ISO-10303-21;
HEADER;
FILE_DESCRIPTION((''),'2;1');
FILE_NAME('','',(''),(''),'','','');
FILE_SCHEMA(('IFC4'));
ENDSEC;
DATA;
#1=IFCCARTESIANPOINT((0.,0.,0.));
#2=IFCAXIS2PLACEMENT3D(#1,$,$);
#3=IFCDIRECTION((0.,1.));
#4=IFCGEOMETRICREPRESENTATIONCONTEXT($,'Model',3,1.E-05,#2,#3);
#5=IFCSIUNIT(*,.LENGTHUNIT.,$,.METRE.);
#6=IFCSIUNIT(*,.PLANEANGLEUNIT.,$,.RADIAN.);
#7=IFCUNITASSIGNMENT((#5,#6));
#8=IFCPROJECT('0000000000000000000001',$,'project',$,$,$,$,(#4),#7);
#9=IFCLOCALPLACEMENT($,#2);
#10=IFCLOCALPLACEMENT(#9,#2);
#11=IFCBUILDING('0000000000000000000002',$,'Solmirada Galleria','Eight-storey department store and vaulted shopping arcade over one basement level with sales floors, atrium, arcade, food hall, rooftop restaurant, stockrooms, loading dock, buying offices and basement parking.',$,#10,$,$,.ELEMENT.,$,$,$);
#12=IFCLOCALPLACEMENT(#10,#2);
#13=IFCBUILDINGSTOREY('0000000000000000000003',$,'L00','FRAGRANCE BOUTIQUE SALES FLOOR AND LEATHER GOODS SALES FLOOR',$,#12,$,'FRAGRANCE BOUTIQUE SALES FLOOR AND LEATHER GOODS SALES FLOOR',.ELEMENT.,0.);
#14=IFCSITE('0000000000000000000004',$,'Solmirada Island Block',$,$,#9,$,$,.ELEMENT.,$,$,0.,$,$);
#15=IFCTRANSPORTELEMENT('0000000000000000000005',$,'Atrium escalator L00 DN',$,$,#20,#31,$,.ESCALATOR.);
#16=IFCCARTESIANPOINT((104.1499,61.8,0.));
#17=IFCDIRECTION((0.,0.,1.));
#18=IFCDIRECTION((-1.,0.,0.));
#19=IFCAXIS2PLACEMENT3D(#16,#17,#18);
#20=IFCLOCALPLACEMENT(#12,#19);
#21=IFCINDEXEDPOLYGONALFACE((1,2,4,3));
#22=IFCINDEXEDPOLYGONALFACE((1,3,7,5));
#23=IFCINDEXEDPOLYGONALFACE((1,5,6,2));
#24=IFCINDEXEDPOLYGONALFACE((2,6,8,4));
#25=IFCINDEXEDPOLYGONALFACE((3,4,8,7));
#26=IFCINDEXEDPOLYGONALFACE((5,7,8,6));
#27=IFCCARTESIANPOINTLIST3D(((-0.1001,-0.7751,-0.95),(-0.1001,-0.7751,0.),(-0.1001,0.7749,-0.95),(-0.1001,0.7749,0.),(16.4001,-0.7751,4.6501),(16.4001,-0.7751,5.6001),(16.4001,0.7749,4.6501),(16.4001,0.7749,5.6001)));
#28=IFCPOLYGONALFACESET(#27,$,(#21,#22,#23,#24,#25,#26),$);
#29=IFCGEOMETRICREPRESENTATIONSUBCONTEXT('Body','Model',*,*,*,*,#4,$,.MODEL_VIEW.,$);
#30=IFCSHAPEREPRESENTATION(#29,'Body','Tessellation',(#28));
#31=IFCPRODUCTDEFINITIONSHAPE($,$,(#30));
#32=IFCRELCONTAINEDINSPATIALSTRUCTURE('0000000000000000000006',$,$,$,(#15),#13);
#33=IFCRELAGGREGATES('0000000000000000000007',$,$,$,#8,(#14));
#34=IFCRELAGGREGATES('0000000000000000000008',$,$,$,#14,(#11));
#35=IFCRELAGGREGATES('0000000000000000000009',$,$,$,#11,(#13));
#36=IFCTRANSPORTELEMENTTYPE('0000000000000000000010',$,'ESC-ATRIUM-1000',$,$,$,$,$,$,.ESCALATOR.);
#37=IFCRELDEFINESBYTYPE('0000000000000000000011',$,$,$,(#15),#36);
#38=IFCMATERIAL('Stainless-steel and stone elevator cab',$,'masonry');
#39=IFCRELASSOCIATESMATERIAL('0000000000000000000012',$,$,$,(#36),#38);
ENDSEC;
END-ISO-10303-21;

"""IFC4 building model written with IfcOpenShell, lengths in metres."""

from ifc_helpers import new_model, si_unit, direction, frame, origin, place, context, subcontext, project, spatial, polyline, outline, extrude, material, type_object, element, save


model = new_model("IFC4")

# Units and contexts
model_context = context("Model", 3, precision=1e-05, world=origin(), true_north=direction((0.0, 1.0)))
body_context = subcontext(model_context, "Body", "Model", "MODEL_VIEW")
ifc_project = project(units=[si_unit("LENGTHUNIT", "METRE"), si_unit("PLANEANGLEUNIT", "RADIAN")], contexts=[model_context])

# Site, building, storey
site_placement = place(None, origin())
site = spatial("IfcSite", under=ifc_project, at=site_placement, Name="Solmirada Island Block", CompositionType="ELEMENT", RefElevation=0.0)
building_placement = place(site_placement, origin())
building = spatial("IfcBuilding", under=site, at=building_placement, Name="Solmirada Galleria", Description="Eight-storey department store and vaulted shopping arcade over one basement level with sales floors, atrium, arcade, food hall, rooftop restaurant, stockrooms, loading dock, buying offices and basement parking.", CompositionType="ELEMENT")
storey_placement = place(building_placement, origin())
storey = spatial("IfcBuildingStorey", under=building, at=storey_placement, Name="L00", Description="FRAGRANCE BOUTIQUE SALES FLOOR AND LEATHER GOODS SALES FLOOR", LongName="FRAGRANCE BOUTIQUE SALES FLOOR AND LEATHER GOODS SALES FLOOR", CompositionType="ELEMENT", Elevation=0.0)

# Transport element
ifc_material_1 = material(Name="Stainless-steel and stone elevator cab", Category="masonry")
transport_element_type = type_object("IfcTransportElementType", Name="ESC-ATRIUM-1000", PredefinedType="ESCALATOR", material=ifc_material_1)
transport_element_placement = place(storey_placement, frame((104.1499, 61.8, 0.0), z_axis=(0.0, 0.0, 1.0), x_axis=(-1.0, 0.0, 0.0)))
element("IfcTransportElement", 1, at=transport_element_placement, inside=storey, type_object=transport_element_type, Name="Atrium escalator L00 DN", PredefinedType="ESCALATOR", context=body_context, shape_type="SweptSolid", body=[
    extrude(outline(polyline([(-0.1001, 0.0), (16.4001, 5.6001), (16.4001, 4.6501), (-0.1001, -0.95), (-0.1001, 0.0)])), frame((0.0, 0.7749, 0.0), z_axis=(0.0, -1.0, 0.0), x_axis=(1.0, 0.0, 0.0)), (0.0, 0.0, 1.0), 1.55),
])

save(model, "model.ifc")
